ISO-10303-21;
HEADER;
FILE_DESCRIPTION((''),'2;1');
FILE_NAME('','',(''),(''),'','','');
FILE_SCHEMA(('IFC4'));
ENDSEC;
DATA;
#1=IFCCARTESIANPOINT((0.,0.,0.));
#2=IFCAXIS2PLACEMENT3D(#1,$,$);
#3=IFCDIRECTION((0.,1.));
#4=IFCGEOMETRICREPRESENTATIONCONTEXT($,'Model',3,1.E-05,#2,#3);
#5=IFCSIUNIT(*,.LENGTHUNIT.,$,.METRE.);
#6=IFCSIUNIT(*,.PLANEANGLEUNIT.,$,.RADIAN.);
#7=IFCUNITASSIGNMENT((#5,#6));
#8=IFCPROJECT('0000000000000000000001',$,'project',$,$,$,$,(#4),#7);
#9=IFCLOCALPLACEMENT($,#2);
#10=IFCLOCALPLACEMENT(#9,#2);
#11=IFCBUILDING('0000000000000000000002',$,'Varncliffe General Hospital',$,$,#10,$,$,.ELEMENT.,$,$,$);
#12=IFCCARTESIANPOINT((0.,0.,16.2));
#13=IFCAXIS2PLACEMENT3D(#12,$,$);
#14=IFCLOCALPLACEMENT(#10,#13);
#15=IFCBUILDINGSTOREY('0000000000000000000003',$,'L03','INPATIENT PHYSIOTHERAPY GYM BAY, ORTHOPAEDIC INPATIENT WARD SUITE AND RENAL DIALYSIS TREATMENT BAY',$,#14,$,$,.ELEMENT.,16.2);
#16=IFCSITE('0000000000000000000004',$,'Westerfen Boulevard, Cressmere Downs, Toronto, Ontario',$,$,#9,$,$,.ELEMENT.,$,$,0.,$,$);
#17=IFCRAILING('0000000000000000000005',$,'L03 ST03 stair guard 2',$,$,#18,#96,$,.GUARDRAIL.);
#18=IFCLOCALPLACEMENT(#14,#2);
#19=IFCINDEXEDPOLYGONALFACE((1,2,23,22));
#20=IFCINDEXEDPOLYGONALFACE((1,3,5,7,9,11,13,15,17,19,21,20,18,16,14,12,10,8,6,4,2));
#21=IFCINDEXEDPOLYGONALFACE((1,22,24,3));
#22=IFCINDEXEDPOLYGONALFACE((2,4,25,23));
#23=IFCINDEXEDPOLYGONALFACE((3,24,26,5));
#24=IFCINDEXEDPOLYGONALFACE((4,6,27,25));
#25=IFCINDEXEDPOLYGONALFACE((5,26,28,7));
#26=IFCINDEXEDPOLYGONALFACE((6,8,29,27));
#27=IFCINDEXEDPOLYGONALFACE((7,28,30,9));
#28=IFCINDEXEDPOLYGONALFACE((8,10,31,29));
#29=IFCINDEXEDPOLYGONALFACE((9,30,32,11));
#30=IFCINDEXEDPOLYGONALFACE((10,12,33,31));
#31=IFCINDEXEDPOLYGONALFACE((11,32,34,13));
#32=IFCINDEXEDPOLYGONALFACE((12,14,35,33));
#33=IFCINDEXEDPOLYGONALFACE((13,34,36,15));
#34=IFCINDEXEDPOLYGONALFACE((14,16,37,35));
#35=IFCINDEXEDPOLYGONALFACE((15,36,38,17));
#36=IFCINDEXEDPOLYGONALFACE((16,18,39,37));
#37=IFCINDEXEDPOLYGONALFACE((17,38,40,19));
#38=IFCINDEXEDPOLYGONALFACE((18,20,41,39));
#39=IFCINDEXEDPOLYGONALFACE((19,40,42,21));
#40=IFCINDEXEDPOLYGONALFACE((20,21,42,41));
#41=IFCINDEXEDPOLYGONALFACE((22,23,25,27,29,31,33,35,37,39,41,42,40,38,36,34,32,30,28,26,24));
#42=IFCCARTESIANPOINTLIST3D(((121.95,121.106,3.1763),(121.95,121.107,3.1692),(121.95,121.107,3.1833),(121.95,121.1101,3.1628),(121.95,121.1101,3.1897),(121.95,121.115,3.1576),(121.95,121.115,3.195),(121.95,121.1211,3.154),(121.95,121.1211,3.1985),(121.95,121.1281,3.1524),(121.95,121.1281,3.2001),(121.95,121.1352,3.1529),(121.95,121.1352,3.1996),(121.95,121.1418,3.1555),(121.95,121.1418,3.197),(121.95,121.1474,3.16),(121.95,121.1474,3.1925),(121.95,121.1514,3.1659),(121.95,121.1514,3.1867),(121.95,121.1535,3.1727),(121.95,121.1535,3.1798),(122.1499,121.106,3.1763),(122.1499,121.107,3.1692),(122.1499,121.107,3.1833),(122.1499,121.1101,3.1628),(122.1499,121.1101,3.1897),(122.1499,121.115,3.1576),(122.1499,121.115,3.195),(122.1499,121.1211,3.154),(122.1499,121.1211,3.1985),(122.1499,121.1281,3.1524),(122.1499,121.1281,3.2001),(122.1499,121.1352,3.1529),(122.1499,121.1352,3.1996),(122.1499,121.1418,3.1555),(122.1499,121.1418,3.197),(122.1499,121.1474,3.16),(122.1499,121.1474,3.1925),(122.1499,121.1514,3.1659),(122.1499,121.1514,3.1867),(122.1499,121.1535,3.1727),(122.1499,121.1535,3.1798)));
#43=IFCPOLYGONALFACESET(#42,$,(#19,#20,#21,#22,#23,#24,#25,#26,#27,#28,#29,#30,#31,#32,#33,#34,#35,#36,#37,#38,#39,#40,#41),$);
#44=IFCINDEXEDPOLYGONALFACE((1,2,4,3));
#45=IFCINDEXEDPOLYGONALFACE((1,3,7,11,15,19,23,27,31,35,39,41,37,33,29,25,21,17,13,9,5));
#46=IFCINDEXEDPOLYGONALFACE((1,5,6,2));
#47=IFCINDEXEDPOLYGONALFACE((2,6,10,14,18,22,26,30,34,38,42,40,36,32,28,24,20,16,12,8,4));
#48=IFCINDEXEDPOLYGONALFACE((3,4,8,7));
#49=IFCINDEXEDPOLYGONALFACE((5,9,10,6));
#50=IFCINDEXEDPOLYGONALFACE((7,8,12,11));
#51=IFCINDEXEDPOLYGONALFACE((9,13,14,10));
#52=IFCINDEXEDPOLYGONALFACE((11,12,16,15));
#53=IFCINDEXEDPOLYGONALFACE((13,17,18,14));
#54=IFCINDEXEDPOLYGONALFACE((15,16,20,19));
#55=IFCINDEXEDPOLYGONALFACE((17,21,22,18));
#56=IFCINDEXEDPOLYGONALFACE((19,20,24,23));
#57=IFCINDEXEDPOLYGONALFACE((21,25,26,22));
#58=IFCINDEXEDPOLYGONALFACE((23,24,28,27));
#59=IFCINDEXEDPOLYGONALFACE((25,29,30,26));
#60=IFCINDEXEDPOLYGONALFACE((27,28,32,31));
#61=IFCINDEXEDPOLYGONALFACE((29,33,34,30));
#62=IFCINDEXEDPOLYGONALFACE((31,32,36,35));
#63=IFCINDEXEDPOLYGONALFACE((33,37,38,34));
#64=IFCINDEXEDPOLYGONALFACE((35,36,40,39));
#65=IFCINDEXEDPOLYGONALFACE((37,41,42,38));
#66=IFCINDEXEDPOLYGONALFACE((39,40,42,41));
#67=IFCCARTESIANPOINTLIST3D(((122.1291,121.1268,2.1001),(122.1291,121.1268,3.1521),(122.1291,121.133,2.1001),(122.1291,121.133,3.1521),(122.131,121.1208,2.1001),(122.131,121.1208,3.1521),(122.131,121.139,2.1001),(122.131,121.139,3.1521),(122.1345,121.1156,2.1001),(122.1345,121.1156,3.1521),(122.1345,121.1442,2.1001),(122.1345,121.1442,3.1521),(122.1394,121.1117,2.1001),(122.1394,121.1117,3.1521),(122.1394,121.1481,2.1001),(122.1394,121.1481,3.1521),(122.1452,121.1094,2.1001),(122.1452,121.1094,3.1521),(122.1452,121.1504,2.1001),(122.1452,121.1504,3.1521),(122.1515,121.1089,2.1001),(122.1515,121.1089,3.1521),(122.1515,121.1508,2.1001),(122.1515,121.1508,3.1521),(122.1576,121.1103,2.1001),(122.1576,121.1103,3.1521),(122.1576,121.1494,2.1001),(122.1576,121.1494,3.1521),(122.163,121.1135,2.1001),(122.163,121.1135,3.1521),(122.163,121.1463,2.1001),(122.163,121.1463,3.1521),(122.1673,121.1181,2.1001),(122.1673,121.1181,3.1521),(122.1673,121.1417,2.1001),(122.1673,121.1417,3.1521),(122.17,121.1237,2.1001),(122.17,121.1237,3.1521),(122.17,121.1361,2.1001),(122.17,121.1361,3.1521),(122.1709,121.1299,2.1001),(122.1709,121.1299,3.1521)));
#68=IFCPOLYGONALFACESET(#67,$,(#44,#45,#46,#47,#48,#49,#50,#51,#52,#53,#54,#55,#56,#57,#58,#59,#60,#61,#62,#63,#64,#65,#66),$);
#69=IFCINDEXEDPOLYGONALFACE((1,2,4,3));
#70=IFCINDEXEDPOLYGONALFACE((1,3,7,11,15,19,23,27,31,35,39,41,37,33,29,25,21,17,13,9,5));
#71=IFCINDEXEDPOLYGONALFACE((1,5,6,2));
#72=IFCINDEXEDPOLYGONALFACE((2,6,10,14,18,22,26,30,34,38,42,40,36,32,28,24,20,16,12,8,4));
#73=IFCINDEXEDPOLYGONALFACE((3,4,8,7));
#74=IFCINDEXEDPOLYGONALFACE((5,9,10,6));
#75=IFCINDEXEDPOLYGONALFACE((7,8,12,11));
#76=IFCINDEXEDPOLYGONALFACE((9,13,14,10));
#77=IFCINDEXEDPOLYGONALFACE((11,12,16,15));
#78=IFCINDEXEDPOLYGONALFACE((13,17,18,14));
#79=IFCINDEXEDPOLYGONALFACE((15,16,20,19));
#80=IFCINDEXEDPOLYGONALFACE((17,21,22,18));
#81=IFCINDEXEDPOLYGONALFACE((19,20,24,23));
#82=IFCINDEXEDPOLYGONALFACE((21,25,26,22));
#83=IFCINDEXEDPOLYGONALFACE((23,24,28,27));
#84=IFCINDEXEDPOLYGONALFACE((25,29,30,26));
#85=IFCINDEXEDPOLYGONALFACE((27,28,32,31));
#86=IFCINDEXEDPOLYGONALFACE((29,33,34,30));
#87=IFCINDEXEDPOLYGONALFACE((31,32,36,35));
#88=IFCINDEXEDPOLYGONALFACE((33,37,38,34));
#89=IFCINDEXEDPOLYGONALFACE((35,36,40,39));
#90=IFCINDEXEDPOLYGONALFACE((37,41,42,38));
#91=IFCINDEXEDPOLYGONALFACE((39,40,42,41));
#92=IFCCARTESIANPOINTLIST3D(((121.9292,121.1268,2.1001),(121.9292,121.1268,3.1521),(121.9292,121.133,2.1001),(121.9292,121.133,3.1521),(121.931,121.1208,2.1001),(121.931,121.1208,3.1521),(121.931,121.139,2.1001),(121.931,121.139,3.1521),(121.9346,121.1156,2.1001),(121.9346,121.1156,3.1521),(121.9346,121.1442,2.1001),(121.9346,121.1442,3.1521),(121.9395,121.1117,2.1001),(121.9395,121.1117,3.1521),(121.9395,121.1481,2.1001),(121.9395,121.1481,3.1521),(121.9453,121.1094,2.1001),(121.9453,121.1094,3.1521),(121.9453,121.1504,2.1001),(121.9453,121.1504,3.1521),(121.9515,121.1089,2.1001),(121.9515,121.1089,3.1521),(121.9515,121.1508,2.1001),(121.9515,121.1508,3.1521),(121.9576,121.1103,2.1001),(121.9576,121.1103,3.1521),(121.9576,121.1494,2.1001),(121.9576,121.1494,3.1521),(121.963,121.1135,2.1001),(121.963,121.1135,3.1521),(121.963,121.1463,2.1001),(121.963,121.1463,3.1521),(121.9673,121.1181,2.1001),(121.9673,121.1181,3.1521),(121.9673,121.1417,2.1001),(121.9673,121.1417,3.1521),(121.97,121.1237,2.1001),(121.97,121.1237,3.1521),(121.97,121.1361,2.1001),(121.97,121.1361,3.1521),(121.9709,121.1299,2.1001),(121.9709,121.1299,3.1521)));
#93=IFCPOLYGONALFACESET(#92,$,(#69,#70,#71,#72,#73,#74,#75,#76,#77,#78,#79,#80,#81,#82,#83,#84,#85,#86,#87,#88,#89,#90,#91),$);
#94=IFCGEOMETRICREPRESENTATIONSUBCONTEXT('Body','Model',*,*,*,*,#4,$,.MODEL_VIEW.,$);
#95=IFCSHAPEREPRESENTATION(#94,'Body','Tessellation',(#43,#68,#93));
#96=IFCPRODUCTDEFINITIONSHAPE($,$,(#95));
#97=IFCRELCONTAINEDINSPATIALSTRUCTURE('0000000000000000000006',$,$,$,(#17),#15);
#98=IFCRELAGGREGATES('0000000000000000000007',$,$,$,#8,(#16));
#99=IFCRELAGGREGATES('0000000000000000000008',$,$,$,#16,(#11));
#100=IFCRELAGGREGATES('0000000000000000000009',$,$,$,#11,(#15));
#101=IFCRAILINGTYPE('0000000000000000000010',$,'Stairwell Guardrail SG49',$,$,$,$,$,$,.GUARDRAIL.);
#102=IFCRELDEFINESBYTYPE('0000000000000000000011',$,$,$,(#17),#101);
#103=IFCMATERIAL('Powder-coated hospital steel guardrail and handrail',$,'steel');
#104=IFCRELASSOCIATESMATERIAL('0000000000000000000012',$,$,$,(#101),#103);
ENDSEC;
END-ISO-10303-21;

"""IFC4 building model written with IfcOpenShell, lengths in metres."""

from ifc_helpers import new_model, si_unit, direction, frame, origin, origin_2d, place, context, subcontext, project, spatial, circle, extrude, material, type_object, element, save


model = new_model("IFC4")

# Units and contexts
model_context = context("Model", 3, precision=1e-05, world=origin(), true_north=direction((0.0, 1.0)))
body_context = subcontext(model_context, "Body", "Model", "MODEL_VIEW")
ifc_project = project(units=[si_unit("LENGTHUNIT", "METRE"), si_unit("PLANEANGLEUNIT", "RADIAN")], contexts=[model_context])

# Site, building, storey
site_placement = place(None, origin())
site = spatial("IfcSite", under=ifc_project, at=site_placement, Name="Westerfen Boulevard, Cressmere Downs, Toronto, Ontario", CompositionType="ELEMENT", RefElevation=0.0)
building_placement = place(site_placement, origin())
building = spatial("IfcBuilding", under=site, at=building_placement, Name="Varncliffe General Hospital", CompositionType="ELEMENT")
storey_placement = place(building_placement, frame((0.0, 0.0, 16.2)))
storey = spatial("IfcBuildingStorey", under=building, at=storey_placement, Name="L03", Description="INPATIENT PHYSIOTHERAPY GYM BAY, ORTHOPAEDIC INPATIENT WARD SUITE AND RENAL DIALYSIS TREATMENT BAY", CompositionType="ELEMENT", Elevation=16.2)

# Railing
ifc_material_1 = material(Name="Powder-coated hospital steel guardrail and handrail", Category="steel")
railing_type_1 = type_object("IfcRailingType", Name="Stairwell Guardrail SG49", PredefinedType="GUARDRAIL", material=ifc_material_1)
railing_1_placement = place(storey_placement, frame((122.1499, 121.1299, 2.1001)))
element("IfcRailing", 1, at=railing_1_placement, inside=storey, type_object=railing_type_1, Name="L03 ST03 stair guard 2", PredefinedType="GUARDRAIL", context=body_context, shape_type="SweptSolid", body=[
    extrude(circle(Radius=0.0239, at=origin_2d()), frame((0.0, 0.0, 1.0762), z_axis=(-1.0, 0.0, 0.0), x_axis=(0.0, -1.0, 0.0)), (0.0, 0.0, 1.0), 0.2),
    extrude(circle(Radius=0.021, at=origin_2d()), origin(), (0.0, 0.0, 1.0), 1.052),
    extrude(circle(Radius=0.021, at=origin_2d()), frame((-0.2, 0.0, 0.0)), (0.0, 0.0, 1.0), 1.052),
])

save(model, "model.ifc")
